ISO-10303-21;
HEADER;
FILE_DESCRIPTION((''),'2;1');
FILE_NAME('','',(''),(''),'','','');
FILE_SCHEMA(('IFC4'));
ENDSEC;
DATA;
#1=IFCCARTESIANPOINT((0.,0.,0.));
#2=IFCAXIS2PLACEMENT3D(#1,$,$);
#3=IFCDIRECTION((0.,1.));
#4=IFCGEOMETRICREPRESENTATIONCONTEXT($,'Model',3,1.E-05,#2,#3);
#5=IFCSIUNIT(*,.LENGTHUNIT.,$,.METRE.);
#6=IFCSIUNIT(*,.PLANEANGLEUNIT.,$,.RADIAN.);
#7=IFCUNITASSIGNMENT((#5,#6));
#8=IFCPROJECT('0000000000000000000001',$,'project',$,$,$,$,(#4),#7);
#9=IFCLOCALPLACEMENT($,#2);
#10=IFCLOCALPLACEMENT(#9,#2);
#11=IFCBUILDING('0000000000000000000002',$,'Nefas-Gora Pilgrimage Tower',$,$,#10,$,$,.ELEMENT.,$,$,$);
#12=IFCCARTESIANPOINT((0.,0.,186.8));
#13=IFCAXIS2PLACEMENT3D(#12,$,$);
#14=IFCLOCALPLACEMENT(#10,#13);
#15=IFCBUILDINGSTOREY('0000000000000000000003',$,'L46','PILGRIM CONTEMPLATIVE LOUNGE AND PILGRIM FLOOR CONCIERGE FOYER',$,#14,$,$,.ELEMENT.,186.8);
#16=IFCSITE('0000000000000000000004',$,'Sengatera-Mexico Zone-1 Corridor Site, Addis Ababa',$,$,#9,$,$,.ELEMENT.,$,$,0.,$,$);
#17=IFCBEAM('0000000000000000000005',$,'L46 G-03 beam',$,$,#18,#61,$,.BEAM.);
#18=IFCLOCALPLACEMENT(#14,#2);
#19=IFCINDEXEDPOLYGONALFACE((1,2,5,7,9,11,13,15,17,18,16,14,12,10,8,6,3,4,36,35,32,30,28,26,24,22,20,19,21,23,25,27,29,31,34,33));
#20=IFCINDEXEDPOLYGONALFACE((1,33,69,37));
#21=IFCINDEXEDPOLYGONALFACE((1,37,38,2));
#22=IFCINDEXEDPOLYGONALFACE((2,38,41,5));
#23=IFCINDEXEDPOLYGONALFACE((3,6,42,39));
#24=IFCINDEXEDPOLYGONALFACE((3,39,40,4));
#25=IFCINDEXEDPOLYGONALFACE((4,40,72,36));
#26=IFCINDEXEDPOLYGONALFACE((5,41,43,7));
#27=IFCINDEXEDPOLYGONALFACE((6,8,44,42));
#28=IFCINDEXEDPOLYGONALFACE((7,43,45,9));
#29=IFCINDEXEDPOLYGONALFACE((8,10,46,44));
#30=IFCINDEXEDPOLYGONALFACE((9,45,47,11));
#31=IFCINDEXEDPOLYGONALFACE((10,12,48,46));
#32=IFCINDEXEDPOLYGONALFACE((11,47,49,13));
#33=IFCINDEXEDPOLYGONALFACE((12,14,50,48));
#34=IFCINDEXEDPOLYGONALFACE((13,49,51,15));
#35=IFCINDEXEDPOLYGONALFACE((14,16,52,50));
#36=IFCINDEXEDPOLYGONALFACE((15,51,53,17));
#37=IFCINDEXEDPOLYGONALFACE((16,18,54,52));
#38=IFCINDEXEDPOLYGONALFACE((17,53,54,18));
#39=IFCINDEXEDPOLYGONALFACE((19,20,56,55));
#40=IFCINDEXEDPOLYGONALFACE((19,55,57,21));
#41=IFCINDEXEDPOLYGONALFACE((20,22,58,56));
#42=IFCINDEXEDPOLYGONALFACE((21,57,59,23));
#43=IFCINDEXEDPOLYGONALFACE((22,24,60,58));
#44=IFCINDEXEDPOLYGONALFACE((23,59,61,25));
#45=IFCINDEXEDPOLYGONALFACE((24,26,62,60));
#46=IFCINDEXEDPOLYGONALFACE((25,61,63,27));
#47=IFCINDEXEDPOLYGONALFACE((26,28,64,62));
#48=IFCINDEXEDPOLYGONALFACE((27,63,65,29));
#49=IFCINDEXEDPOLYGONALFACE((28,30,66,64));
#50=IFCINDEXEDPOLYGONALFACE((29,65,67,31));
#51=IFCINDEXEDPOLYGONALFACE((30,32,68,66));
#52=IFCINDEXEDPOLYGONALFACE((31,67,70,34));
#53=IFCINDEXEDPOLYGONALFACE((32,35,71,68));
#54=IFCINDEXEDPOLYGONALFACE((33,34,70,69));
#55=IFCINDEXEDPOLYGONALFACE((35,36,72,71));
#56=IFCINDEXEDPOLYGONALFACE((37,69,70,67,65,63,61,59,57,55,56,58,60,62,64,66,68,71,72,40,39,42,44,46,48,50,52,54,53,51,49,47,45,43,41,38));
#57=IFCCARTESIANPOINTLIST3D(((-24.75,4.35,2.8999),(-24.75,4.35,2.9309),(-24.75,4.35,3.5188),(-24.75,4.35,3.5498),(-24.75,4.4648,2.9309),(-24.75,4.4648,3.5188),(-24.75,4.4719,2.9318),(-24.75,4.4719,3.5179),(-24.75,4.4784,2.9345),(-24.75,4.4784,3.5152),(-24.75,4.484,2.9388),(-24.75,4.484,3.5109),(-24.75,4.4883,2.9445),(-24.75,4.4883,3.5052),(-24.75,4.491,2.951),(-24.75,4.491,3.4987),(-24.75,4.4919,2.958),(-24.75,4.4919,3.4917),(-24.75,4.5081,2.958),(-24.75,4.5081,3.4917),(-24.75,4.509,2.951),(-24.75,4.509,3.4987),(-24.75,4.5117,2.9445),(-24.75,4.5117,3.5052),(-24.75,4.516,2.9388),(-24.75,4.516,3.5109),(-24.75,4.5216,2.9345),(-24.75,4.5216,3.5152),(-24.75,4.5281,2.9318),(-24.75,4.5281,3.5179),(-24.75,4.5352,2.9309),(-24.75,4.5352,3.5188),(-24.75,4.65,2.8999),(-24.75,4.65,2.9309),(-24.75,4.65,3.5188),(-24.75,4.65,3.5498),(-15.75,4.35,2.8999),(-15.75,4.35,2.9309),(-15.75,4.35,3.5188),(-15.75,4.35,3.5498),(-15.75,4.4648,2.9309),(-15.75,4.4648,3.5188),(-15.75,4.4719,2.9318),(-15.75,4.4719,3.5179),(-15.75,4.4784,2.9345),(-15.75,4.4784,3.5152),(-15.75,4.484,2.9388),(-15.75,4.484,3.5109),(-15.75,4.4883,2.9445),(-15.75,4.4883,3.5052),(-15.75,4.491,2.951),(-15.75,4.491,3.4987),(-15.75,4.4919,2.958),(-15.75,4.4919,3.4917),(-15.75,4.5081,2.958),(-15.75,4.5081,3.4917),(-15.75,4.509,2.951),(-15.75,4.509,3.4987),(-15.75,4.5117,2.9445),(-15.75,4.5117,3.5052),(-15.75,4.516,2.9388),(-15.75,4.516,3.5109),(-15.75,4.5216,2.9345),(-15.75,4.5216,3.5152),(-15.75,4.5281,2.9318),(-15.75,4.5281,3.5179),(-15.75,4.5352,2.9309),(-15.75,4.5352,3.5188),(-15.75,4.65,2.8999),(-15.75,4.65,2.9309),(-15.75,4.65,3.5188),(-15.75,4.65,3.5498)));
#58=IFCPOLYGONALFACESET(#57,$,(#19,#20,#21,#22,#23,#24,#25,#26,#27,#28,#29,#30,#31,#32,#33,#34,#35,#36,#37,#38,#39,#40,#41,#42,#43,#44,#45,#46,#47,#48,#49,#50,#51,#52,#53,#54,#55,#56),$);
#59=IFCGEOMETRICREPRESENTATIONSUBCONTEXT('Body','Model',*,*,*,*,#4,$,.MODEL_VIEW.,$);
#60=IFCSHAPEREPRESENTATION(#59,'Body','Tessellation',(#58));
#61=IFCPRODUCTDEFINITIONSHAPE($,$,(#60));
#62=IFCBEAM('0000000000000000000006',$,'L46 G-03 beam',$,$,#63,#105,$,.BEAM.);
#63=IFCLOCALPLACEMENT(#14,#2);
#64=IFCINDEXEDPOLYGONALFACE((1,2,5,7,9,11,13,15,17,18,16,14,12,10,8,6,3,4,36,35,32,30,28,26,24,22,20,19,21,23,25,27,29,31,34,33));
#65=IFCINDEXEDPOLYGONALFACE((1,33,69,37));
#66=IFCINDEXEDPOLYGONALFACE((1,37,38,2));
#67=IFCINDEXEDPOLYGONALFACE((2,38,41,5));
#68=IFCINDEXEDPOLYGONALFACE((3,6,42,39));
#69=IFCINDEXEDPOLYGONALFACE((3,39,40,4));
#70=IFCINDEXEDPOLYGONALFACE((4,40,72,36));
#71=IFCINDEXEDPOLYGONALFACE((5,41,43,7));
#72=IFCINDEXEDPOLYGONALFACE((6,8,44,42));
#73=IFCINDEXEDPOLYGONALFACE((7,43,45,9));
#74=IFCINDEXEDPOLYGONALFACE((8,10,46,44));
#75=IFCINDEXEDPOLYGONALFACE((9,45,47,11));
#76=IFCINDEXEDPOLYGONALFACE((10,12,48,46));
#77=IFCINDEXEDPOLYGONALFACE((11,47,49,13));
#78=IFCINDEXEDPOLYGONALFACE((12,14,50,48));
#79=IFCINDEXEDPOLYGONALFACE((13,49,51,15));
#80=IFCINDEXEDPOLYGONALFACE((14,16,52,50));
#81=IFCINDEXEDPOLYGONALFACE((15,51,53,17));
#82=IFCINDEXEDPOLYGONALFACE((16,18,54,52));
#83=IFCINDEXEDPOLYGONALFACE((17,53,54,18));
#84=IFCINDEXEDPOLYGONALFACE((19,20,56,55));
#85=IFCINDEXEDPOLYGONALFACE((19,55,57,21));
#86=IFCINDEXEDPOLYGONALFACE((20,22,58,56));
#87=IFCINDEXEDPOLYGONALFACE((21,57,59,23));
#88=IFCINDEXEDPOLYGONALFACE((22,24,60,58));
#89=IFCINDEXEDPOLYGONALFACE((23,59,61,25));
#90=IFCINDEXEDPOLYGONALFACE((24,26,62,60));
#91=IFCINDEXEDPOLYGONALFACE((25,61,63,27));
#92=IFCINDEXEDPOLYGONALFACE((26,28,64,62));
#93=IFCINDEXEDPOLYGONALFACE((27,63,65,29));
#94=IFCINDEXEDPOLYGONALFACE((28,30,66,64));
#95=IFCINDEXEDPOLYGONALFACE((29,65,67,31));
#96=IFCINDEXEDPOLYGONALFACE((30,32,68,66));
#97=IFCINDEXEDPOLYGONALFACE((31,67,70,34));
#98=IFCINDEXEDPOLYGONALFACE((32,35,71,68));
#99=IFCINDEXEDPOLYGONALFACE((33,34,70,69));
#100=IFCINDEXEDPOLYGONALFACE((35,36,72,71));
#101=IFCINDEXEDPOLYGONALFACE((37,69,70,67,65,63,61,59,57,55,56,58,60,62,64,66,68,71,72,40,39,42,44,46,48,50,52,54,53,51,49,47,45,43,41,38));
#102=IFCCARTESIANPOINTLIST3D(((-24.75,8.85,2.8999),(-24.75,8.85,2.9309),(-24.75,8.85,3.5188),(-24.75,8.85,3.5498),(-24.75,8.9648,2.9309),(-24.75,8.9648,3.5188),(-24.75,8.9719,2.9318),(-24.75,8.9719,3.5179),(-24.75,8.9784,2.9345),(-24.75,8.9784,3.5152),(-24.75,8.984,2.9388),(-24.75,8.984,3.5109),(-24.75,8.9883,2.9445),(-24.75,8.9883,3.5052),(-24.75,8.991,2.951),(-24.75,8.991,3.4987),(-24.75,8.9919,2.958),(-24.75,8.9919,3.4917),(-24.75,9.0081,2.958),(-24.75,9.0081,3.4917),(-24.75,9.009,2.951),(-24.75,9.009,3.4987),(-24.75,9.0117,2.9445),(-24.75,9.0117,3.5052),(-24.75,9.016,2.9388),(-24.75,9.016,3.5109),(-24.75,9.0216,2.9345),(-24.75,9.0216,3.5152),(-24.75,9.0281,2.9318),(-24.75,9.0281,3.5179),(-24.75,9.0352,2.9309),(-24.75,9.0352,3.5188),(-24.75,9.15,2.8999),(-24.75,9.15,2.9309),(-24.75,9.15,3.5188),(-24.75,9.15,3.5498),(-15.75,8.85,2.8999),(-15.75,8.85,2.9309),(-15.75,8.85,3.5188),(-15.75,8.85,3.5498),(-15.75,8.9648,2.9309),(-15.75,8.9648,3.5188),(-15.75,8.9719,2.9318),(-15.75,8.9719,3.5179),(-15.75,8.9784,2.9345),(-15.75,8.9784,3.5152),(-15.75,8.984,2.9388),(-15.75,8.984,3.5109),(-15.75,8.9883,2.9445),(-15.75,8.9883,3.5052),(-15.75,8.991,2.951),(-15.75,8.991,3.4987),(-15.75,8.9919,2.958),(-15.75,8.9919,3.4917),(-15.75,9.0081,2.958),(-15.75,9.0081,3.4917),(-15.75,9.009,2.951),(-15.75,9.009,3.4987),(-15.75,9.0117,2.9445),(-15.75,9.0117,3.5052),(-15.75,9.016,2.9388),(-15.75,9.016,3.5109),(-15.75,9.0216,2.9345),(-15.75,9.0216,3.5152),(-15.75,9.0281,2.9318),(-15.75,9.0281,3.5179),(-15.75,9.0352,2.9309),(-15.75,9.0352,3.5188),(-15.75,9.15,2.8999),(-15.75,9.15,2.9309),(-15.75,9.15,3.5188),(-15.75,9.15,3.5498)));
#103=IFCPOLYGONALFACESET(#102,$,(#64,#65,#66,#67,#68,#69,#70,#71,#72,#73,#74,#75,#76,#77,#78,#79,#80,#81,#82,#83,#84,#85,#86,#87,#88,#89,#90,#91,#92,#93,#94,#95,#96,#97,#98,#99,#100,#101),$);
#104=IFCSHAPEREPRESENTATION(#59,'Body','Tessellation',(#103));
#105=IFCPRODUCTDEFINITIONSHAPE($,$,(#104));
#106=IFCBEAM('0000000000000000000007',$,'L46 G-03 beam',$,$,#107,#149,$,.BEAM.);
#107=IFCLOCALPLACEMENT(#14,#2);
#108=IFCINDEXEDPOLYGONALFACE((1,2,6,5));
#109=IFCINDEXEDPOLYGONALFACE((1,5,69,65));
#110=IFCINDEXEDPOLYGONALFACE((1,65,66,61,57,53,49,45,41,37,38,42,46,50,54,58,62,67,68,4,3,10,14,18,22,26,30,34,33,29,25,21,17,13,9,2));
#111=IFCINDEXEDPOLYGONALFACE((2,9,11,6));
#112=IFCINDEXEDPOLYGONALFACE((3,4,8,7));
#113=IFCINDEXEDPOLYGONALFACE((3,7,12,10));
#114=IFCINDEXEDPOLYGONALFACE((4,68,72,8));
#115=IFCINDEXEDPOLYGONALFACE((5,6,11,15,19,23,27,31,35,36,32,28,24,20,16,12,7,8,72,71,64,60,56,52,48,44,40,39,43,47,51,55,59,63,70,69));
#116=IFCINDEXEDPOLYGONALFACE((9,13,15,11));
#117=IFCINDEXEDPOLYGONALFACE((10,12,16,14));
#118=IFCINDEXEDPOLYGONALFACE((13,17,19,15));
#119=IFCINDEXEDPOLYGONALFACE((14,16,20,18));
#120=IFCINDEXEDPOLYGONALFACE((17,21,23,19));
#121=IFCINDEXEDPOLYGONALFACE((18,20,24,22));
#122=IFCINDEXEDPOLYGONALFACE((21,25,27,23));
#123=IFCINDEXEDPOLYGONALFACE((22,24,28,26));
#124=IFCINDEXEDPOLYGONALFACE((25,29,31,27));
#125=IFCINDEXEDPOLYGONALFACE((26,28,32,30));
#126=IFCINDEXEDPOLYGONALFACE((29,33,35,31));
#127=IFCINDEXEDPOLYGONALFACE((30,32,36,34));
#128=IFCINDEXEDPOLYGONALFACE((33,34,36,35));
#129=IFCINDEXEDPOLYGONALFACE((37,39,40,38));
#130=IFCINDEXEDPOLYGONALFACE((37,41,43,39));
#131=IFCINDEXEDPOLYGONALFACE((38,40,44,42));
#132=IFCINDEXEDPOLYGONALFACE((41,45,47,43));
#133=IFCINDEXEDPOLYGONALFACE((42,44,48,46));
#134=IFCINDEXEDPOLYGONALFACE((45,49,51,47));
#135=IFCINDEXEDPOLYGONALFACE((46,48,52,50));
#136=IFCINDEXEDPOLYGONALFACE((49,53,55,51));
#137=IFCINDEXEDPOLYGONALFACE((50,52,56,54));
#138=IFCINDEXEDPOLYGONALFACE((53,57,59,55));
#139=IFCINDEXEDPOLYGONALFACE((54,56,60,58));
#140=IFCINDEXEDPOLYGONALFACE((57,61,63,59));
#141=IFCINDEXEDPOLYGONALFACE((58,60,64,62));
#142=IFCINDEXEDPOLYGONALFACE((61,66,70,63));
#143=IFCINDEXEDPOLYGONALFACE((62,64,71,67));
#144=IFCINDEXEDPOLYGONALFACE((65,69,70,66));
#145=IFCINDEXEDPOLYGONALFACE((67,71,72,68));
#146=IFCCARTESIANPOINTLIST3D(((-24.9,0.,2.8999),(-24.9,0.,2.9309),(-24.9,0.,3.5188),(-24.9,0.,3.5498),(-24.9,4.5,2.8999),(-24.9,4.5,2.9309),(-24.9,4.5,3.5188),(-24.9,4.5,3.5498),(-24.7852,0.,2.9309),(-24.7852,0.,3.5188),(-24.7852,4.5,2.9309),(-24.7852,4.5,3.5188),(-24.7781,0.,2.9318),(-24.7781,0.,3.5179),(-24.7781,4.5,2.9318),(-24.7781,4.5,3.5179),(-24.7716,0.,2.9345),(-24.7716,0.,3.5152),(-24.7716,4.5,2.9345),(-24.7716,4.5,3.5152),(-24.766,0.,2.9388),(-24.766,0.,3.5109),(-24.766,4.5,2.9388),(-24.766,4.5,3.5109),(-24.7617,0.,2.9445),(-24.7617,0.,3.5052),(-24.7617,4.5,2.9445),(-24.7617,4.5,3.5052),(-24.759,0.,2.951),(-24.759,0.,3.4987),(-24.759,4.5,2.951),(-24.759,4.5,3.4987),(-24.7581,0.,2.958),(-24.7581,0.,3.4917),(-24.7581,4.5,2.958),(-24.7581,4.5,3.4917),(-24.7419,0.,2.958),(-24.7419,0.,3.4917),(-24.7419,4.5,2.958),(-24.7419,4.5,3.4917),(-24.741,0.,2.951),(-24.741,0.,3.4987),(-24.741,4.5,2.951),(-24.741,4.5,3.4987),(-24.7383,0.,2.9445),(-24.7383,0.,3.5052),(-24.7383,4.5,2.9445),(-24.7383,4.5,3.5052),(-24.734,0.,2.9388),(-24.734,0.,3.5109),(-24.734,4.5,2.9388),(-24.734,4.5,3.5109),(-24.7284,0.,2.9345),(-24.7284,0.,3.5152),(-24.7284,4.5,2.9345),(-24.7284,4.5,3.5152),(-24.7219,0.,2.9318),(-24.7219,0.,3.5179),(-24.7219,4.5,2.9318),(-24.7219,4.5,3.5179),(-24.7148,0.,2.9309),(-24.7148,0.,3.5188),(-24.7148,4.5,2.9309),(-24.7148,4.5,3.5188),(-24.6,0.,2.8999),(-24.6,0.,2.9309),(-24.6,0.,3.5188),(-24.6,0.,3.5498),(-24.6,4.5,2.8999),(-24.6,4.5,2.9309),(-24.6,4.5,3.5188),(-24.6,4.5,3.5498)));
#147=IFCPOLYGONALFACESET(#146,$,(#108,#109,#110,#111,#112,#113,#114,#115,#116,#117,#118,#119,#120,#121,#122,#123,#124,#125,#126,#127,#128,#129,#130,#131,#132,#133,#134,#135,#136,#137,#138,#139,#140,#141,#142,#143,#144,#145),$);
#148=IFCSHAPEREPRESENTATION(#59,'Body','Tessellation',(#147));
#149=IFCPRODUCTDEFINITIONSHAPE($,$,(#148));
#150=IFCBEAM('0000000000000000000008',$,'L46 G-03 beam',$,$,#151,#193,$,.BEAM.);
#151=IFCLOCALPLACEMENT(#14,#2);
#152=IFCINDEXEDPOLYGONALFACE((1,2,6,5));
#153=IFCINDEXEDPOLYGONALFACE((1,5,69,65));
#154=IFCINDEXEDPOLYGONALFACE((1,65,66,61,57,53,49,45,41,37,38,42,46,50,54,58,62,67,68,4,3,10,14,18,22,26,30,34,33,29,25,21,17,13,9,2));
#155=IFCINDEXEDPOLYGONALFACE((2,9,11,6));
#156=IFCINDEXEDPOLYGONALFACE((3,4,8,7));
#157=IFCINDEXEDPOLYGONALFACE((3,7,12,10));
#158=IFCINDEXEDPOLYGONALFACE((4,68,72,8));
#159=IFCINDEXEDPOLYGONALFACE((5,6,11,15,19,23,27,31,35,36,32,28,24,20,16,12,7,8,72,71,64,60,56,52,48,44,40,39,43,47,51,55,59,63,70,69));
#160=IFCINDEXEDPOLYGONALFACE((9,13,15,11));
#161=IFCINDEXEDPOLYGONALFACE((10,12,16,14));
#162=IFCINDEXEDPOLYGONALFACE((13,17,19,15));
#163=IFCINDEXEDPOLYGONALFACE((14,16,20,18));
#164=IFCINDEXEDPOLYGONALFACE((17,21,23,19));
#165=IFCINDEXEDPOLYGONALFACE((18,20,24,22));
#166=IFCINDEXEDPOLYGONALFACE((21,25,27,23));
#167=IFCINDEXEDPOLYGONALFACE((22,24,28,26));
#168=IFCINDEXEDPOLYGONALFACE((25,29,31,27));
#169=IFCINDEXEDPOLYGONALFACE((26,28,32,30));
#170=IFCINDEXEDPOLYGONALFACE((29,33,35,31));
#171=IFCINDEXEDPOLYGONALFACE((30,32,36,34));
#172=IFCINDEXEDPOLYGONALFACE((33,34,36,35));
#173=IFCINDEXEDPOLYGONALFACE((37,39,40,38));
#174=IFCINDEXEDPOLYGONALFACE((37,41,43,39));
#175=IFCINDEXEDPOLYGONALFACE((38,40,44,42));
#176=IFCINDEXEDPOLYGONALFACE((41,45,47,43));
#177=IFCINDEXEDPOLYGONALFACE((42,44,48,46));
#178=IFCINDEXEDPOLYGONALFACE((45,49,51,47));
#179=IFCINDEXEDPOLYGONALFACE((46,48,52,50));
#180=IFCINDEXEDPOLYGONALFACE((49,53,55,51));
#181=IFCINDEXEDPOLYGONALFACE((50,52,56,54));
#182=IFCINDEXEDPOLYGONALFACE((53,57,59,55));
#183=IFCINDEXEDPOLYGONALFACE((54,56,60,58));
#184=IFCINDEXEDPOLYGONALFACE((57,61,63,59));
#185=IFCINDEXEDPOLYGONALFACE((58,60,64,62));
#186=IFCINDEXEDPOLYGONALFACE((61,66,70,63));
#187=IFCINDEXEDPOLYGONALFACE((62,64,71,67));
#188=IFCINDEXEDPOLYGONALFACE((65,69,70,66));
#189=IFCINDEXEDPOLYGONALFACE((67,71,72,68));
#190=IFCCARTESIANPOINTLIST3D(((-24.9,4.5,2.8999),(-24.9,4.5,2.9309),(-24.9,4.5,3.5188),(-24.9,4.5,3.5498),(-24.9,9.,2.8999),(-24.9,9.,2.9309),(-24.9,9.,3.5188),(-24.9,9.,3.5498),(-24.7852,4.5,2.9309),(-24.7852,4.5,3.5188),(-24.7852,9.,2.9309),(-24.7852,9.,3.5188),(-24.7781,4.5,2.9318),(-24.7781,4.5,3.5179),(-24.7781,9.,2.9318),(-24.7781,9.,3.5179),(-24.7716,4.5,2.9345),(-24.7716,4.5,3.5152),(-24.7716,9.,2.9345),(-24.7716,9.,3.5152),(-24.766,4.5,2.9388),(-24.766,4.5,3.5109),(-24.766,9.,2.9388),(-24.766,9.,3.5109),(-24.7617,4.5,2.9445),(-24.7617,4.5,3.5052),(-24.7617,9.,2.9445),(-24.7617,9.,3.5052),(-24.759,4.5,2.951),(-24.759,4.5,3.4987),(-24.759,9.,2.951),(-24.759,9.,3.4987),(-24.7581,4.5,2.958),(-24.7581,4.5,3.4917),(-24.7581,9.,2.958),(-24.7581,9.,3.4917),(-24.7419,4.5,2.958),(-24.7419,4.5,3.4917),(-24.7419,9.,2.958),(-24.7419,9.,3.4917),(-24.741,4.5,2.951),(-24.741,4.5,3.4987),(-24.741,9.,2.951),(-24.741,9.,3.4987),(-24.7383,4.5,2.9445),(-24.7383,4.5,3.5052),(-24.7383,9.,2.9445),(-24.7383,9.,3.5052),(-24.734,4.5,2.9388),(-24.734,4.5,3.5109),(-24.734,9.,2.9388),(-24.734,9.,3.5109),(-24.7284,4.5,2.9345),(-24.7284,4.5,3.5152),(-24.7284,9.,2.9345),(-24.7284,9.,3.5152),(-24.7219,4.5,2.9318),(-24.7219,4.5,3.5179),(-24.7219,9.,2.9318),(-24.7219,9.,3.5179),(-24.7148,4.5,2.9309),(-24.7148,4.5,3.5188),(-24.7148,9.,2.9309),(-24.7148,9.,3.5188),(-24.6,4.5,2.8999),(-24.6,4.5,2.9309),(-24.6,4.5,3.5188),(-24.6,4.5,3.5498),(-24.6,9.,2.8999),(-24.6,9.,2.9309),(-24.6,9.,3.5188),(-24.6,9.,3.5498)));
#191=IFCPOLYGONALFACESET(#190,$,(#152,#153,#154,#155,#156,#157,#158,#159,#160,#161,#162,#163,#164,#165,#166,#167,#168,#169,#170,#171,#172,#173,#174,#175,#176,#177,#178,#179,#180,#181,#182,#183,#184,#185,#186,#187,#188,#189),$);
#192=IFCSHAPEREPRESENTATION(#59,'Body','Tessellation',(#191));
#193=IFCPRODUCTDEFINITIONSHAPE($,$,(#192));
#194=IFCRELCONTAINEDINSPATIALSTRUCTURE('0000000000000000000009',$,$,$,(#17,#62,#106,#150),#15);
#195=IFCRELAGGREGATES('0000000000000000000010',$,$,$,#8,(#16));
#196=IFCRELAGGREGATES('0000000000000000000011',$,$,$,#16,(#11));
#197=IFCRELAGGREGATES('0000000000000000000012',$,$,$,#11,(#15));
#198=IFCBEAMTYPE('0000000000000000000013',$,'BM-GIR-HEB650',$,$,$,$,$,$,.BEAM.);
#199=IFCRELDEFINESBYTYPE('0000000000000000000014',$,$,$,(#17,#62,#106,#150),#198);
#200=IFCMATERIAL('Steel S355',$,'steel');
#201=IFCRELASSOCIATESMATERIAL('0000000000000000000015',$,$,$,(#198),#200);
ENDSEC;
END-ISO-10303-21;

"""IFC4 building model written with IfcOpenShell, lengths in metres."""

from ifc_helpers import new_model, si_unit, direction, frame, origin, origin_2d, place, context, subcontext, project, spatial, i_section, extrude, source, transform, mapped, material, material_profile, profile_set, type_object, element, save


model = new_model("IFC4")

# Units and contexts
model_context = context("Model", 3, precision=1e-05, world=origin(), true_north=direction((0.0, 1.0)))
body_context = subcontext(model_context, "Body", "Model", "MODEL_VIEW")
ifc_project = project(units=[si_unit("LENGTHUNIT", "METRE"), si_unit("PLANEANGLEUNIT", "RADIAN")], contexts=[model_context])

# Site, building, storey
site_placement = place(None, origin())
site = spatial("IfcSite", under=ifc_project, at=site_placement, Name="Sengatera-Mexico Zone-1 Corridor Site, Addis Ababa", CompositionType="ELEMENT", RefElevation=0.0)
building_placement = place(site_placement, origin())
building = spatial("IfcBuilding", under=site, at=building_placement, Name="Nefas-Gora Pilgrimage Tower", CompositionType="ELEMENT")
storey_placement = place(building_placement, frame((0.0, 0.0, 186.8)))
storey = spatial("IfcBuildingStorey", under=building, at=storey_placement, Name="L46", Description="PILGRIM CONTEMPLATIVE LOUNGE AND PILGRIM FLOOR CONCIERGE FOYER", CompositionType="ELEMENT", Elevation=186.8)

# Beams
ifc_material_1 = material(Name="Steel S355", Category="steel")
ifc_material_profile_1 = material_profile(ifc_material_1, i_section(OverallWidth=0.3, OverallDepth=0.6499, WebThickness=0.0161, FlangeThickness=0.031, FilletRadius=0.0271, at=origin_2d()), Name="HEB 650")
ifc_profile_set_1 = profile_set([ifc_material_profile_1], Name="Steel S355")
beam_type_1 = type_object("IfcBeamType", Name="BM-GIR-HEB650", PredefinedType="BEAM", material=ifc_profile_set_1)
shared_shape_1 = source(origin(), body_context, "Body", "SweptSolid", [
    extrude(i_section(OverallWidth=0.3, OverallDepth=0.6499, WebThickness=0.0161, FlangeThickness=0.031, FilletRadius=0.0271, at=origin_2d()), origin(), (0.0, 0.0, 1.0), 9.0),
])
for number, where, z_axis, x_axis, name in (
    (1, (-24.75, 4.5, 3.2249), (1.0, 0.0, 0.0), (0.0, 1.0, 0.0), "L46 G-03 beam"),
    (2, (-24.75, 9.0, 3.2249), (1.0, 0.0, 0.0), (0.0, 1.0, 0.0), "L46 G-03 beam"),
):
    element("IfcBeam", number, at=place(storey_placement, frame(where, z_axis=z_axis, x_axis=x_axis)), inside=storey, type_object=beam_type_1, Name=name, PredefinedType="BEAM", context=body_context, shape_type="MappedRepresentation", body=[
        mapped(shared_shape_1, transform((0.0, 0.0, 0.0), x_axis=(1.0, 0.0, 0.0), y_axis=(0.0, 1.0, 0.0), z_axis=(0.0, 0.0, 1.0), scale=1.0)),
    ])
shared_shape_2 = source(origin(), body_context, "Body", "SweptSolid", [
    extrude(i_section(OverallWidth=0.3, OverallDepth=0.6499, WebThickness=0.0161, FlangeThickness=0.031, FilletRadius=0.0271, at=origin_2d()), origin(), (0.0, 0.0, 1.0), 4.5),
])
for number, where, z_axis, x_axis, name in (
    (3, (-24.75, 0.0, 3.2249), (0.0, 1.0, 0.0), (-1.0, 0.0, 0.0), "L46 G-03 beam"),
    (4, (-24.75, 4.5, 3.2249), (0.0, 1.0, 0.0), (-1.0, 0.0, 0.0), "L46 G-03 beam"),
):
    element("IfcBeam", number, at=place(storey_placement, frame(where, z_axis=z_axis, x_axis=x_axis)), inside=storey, type_object=beam_type_1, Name=name, PredefinedType="BEAM", context=body_context, shape_type="MappedRepresentation", body=[
        mapped(shared_shape_2, transform((0.0, 0.0, 0.0), x_axis=(1.0, 0.0, 0.0), y_axis=(0.0, 1.0, 0.0), z_axis=(0.0, 0.0, 1.0), scale=1.0)),
    ])

save(model, "model.ifc")
